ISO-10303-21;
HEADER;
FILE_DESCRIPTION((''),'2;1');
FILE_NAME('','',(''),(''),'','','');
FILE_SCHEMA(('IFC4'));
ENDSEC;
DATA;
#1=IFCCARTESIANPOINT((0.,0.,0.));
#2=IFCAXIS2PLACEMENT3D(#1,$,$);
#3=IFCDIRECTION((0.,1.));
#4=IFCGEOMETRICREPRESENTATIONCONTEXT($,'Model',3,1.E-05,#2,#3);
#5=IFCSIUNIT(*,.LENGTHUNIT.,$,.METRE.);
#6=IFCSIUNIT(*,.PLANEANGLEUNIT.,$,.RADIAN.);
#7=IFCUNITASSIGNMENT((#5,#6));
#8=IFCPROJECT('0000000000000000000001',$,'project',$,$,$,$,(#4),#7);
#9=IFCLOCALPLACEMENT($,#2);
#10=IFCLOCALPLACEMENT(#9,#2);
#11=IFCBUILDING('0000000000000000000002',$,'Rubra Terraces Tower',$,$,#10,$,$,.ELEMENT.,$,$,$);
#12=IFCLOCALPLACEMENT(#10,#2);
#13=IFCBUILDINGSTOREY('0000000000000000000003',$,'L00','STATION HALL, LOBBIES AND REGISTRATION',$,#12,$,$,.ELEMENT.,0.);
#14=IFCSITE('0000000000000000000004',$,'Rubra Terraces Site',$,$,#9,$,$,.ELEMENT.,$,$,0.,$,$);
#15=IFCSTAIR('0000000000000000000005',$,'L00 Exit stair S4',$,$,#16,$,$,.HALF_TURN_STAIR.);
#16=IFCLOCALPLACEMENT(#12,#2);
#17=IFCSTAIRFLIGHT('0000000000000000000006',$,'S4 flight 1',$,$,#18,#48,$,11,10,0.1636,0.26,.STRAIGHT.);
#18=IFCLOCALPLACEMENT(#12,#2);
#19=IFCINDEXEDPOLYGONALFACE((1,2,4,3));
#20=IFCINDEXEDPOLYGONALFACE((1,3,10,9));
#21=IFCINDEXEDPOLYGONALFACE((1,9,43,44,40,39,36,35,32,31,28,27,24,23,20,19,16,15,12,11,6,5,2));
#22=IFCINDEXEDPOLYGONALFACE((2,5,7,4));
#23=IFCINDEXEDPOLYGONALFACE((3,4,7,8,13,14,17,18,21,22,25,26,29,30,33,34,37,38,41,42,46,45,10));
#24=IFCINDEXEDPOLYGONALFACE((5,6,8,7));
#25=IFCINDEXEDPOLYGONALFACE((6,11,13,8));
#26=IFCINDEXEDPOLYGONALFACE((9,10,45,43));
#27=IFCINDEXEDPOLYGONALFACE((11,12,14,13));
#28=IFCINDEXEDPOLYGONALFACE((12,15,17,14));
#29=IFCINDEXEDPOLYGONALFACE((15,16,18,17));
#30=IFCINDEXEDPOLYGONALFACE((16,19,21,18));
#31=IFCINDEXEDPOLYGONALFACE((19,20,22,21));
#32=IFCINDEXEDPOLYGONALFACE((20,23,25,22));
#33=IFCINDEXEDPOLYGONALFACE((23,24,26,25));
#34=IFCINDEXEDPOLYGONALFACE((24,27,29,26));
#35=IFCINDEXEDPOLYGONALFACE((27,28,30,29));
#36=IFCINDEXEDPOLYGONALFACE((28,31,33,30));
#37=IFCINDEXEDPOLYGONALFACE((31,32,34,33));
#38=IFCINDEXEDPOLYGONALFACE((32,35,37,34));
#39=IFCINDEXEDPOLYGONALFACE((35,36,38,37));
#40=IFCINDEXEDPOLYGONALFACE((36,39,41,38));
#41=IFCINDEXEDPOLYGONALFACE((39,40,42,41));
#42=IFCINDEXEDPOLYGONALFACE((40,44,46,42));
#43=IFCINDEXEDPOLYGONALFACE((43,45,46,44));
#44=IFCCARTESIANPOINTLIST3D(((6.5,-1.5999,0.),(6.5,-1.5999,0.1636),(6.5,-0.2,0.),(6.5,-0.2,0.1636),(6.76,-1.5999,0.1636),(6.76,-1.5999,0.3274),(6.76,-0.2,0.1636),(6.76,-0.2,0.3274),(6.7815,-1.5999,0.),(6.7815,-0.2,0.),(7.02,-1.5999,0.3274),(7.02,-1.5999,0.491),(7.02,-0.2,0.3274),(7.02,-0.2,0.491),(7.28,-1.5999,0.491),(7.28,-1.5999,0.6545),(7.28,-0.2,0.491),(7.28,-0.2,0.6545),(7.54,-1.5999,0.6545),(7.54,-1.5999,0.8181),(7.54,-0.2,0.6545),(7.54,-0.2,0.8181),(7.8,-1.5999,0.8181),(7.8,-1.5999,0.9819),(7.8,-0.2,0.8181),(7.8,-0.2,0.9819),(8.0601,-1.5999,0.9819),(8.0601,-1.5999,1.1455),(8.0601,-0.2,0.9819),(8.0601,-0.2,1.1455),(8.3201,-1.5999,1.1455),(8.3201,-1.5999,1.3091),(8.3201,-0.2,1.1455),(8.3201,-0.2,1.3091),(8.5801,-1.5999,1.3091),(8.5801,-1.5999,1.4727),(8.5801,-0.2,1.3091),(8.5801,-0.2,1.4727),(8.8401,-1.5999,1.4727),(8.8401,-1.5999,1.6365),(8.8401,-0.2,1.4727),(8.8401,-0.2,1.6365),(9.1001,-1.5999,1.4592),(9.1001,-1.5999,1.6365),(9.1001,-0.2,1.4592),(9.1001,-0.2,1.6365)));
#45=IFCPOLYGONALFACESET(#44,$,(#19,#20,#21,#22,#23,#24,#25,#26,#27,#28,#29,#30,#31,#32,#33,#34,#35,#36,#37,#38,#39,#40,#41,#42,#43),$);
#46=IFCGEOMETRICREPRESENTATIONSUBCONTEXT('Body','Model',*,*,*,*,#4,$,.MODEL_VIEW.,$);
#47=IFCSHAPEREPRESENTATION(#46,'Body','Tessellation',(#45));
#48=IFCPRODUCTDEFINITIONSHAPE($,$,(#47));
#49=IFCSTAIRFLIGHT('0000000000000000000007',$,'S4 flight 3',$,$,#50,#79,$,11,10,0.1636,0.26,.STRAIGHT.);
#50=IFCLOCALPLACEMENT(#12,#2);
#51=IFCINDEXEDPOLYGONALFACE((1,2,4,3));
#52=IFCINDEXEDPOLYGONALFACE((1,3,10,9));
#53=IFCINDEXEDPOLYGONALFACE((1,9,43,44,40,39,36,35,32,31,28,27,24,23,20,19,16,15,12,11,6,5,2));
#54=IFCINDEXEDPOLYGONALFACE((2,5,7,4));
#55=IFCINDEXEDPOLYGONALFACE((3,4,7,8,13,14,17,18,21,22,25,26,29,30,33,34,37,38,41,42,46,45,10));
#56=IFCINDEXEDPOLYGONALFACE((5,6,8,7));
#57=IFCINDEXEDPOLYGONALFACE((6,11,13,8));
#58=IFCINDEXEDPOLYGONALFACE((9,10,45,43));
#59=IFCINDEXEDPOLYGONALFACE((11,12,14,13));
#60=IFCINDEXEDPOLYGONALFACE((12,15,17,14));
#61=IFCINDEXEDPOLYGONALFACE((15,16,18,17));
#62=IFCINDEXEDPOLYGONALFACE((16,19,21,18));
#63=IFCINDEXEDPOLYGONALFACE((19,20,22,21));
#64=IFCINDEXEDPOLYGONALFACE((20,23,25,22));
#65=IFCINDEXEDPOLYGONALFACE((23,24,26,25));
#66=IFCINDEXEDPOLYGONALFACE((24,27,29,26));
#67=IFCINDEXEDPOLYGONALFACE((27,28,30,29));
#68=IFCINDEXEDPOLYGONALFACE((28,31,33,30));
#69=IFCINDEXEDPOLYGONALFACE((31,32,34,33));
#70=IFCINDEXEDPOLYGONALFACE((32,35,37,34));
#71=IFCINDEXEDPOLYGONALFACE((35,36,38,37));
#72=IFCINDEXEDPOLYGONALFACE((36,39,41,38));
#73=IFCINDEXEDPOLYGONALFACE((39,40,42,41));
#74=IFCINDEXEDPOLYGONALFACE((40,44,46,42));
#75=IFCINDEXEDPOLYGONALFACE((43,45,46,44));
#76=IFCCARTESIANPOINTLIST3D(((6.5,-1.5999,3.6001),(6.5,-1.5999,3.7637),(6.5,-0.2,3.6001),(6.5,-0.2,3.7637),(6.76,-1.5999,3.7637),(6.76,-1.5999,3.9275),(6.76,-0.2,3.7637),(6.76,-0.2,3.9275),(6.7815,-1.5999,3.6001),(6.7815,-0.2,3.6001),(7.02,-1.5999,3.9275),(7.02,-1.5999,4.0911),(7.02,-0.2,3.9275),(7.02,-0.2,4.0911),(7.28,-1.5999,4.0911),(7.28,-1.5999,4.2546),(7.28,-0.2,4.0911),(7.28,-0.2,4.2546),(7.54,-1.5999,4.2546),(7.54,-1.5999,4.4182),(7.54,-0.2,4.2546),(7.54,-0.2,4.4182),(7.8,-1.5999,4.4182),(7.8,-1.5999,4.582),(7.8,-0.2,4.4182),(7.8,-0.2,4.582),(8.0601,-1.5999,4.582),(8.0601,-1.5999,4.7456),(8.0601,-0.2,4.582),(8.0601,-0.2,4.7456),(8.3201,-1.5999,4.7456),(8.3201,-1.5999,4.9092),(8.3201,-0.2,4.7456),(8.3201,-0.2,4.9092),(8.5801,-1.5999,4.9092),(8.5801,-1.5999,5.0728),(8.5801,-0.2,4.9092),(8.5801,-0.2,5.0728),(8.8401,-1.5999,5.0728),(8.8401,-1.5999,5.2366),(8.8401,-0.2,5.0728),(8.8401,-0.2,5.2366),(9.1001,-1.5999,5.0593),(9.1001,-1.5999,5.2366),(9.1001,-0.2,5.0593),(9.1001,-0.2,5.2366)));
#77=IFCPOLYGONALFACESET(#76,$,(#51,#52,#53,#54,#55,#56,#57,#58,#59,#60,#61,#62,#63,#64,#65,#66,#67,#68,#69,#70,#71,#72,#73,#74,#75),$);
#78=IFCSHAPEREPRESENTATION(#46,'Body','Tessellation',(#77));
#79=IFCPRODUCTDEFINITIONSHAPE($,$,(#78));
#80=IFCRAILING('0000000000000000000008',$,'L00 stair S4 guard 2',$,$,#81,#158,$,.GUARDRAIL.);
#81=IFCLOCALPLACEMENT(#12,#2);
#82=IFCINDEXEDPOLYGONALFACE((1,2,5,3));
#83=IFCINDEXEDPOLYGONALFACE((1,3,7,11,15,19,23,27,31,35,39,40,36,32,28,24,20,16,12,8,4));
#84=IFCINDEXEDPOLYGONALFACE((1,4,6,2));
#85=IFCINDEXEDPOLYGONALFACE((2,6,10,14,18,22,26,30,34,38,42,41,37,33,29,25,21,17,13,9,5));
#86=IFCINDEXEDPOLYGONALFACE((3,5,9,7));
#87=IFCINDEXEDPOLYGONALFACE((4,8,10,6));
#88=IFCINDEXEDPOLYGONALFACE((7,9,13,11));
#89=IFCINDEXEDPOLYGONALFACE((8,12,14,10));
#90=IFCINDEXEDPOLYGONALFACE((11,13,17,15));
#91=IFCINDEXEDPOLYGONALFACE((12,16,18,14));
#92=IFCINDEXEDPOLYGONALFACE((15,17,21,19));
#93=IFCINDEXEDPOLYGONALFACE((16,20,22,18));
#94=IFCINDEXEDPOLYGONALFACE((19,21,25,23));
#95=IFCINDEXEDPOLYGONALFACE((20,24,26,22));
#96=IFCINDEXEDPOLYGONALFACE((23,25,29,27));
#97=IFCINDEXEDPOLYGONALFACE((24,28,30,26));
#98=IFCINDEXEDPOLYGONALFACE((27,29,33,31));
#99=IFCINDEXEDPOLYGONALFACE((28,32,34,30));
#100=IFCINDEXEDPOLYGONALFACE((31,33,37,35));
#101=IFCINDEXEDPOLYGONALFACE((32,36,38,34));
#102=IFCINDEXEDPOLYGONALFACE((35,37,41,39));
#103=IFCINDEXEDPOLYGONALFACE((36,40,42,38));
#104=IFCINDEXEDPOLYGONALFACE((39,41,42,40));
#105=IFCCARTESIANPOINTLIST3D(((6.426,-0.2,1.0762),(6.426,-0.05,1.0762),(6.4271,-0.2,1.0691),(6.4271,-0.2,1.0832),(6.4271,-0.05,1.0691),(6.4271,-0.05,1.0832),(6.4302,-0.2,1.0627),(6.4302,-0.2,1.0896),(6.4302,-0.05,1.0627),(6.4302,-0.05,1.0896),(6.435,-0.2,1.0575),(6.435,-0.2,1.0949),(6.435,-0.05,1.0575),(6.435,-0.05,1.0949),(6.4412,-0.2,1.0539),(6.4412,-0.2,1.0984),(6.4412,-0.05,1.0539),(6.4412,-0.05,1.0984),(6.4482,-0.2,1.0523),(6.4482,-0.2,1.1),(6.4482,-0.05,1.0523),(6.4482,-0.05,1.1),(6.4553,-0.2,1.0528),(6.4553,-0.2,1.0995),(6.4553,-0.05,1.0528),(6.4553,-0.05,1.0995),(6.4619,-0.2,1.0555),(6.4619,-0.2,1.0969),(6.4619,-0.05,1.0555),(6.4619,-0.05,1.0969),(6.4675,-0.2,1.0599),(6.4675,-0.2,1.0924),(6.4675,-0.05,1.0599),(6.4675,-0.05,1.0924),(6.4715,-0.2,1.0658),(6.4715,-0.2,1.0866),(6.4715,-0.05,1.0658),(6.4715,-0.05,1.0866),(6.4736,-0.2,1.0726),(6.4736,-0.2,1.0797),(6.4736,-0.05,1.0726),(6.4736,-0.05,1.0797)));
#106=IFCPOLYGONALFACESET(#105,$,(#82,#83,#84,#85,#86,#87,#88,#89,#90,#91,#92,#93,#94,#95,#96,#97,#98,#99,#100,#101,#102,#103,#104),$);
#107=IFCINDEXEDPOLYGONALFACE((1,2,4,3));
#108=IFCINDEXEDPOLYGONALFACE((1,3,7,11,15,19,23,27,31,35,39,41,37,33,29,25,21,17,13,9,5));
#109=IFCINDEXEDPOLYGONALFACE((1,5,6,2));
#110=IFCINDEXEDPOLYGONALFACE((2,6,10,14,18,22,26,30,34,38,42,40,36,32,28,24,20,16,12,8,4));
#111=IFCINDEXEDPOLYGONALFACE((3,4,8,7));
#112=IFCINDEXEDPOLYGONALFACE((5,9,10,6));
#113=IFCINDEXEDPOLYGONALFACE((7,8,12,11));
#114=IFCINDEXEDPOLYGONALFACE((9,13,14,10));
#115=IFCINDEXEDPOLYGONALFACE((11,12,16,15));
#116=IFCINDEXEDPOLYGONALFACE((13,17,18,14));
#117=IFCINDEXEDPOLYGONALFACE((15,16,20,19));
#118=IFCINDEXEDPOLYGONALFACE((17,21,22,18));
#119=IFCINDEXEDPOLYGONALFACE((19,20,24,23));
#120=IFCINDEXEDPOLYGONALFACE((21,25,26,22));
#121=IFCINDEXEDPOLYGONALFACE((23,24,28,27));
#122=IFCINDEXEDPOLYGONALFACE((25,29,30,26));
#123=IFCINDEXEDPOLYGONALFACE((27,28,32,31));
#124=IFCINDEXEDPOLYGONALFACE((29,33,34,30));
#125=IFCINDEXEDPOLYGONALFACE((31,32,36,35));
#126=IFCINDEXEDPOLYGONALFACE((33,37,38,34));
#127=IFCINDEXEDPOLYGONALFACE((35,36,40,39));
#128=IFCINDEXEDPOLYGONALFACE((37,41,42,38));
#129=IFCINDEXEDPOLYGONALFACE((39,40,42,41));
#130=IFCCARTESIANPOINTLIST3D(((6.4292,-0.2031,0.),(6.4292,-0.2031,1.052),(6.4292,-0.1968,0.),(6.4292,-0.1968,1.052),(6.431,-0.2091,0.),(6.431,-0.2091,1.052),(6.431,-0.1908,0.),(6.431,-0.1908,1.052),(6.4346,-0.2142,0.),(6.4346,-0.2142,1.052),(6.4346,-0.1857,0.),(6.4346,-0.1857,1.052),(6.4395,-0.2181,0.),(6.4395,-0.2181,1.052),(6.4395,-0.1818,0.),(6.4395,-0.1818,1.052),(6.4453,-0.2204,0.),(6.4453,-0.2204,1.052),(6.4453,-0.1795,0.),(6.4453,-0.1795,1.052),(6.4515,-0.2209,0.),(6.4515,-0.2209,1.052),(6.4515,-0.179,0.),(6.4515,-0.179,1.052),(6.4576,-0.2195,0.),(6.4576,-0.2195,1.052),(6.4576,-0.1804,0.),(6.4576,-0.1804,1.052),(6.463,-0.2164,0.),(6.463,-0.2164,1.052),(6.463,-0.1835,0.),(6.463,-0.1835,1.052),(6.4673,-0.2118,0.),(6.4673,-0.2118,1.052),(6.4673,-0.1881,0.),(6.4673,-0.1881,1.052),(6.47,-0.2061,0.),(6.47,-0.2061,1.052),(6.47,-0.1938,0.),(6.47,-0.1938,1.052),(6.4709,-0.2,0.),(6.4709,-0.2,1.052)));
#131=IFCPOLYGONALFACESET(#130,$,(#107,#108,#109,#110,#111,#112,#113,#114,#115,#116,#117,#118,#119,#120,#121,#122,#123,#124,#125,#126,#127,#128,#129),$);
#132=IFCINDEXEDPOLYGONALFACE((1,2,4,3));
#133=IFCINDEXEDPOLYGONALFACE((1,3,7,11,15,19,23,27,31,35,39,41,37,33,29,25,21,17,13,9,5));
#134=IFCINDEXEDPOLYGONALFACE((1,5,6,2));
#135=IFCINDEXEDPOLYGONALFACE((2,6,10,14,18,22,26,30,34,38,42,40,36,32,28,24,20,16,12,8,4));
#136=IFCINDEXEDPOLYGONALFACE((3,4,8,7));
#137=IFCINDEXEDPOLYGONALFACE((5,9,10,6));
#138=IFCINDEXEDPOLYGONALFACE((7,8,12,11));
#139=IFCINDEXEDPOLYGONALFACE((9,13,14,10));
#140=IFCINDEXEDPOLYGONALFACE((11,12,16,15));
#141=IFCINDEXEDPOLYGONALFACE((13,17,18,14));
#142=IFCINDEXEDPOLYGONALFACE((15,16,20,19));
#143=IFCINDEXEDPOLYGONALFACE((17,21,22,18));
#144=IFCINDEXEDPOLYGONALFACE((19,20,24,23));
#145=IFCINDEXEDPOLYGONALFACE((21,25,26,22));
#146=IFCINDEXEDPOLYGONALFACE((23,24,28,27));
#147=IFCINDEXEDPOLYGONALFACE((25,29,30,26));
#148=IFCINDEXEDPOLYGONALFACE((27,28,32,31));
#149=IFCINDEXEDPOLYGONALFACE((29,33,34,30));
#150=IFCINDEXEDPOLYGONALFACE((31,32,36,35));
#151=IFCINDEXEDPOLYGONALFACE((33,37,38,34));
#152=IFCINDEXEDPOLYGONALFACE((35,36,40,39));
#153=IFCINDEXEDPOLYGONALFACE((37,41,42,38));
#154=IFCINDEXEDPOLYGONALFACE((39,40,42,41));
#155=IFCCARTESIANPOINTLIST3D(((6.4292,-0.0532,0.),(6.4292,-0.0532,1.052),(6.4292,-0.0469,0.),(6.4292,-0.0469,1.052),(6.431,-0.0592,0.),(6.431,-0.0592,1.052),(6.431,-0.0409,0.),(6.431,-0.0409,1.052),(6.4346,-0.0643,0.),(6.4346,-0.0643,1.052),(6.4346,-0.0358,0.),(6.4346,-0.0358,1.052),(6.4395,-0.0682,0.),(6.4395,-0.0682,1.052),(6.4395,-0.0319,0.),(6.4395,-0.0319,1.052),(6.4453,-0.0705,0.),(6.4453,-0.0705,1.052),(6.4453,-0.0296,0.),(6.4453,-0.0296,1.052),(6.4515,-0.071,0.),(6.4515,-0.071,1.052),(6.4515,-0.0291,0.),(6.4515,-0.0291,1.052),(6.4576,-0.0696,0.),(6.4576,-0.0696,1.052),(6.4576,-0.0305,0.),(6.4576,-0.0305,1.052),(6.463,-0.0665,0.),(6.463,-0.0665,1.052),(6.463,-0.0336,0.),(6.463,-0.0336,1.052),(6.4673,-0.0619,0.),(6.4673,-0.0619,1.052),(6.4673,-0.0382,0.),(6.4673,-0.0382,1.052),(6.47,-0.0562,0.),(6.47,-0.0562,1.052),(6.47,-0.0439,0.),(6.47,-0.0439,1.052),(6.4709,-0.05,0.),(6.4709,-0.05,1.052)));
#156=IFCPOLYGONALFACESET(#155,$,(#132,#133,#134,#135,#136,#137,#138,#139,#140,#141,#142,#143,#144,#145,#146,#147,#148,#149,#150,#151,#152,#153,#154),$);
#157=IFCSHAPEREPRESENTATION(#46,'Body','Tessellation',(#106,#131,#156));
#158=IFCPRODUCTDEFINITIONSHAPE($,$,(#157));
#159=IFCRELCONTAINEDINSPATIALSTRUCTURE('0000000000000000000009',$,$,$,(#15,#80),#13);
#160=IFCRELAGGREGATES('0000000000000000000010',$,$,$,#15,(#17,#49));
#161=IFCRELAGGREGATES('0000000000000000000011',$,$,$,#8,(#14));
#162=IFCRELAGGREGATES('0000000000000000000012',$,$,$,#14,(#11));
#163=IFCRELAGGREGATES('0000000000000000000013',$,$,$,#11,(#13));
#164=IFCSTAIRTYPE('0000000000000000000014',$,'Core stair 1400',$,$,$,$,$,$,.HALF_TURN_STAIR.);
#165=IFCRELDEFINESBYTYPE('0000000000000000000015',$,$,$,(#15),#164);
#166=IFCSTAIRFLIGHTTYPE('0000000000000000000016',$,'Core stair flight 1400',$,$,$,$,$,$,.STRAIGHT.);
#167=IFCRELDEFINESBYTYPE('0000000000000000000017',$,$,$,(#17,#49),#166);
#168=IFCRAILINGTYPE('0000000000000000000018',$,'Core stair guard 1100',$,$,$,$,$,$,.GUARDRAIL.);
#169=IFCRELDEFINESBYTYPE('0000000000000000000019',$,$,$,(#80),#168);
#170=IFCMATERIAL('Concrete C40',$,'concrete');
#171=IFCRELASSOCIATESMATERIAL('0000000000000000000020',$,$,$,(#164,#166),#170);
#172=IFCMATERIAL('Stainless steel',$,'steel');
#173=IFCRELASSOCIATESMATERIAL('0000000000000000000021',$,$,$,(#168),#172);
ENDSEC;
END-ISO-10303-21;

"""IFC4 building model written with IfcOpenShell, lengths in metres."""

from ifc_helpers import new_model, si_unit, direction, frame, origin, origin_2d, place, context, subcontext, project, spatial, polyline, circle, outline, extrude, material, type_object, element, aggregate, save


model = new_model("IFC4")

# Units and contexts
model_context = context("Model", 3, precision=1e-05, world=origin(), true_north=direction((0.0, 1.0)))
body_context = subcontext(model_context, "Body", "Model", "MODEL_VIEW")
ifc_project = project(units=[si_unit("LENGTHUNIT", "METRE"), si_unit("PLANEANGLEUNIT", "RADIAN")], contexts=[model_context])

# Site, building, storey
site_placement = place(None, origin())
site = spatial("IfcSite", under=ifc_project, at=site_placement, Name="Rubra Terraces Site", CompositionType="ELEMENT", RefElevation=0.0)
building_placement = place(site_placement, origin())
building = spatial("IfcBuilding", under=site, at=building_placement, Name="Rubra Terraces Tower", CompositionType="ELEMENT")
storey_placement = place(building_placement, origin())
storey = spatial("IfcBuildingStorey", under=building, at=storey_placement, Name="L00", Description="STATION HALL, LOBBIES AND REGISTRATION", CompositionType="ELEMENT", Elevation=0.0)

# Shared definitions
ifc_material_1 = material(Name="Concrete C40", Category="concrete")
stair_type = type_object("IfcStairType", Name="Core stair 1400", PredefinedType="HALF_TURN_STAIR", material=ifc_material_1)

# Stair, stair flights
stair_1_placement = place(storey_placement, origin())
stair_1 = element("IfcStair", 1, at=stair_1_placement, inside=storey, type_object=stair_type, Name="L00 Exit stair S4", PredefinedType="HALF_TURN_STAIR")
stair_flight_type = type_object("IfcStairFlightType", Name="Core stair flight 1400", PredefinedType="STRAIGHT", material=ifc_material_1)
stair_flight_1_placement = place(storey_placement, frame((6.5, -0.8999, 0.0), z_axis=(0.0, 0.0, 1.0), x_axis=(1.0, 0.0, 0.0)))
stair_flight_1 = element("IfcStairFlight", 2, at=stair_flight_1_placement, type_object=stair_flight_type, Name="S4 flight 1", NumberOfRisers=11, NumberOfTreads=10, PredefinedType="STRAIGHT", RiserHeight=0.1636, TreadLength=0.26, context=body_context, shape_type="SweptSolid", body=[
    extrude(outline(polyline([(0.0, 0.0), (0.0, 0.1636), (0.26, 0.1636), (0.26, 0.3274), (0.52, 0.3274), (0.52, 0.491), (0.78, 0.491), (0.78, 0.6545), (1.04, 0.6545), (1.04, 0.8181), (1.3, 0.8181), (1.3, 0.9819), (1.5601, 0.9819), (1.5601, 1.1455), (1.8201, 1.1455), (1.8201, 1.3091), (2.0801, 1.3091), (2.0801, 1.4727), (2.3401, 1.4727), (2.3401, 1.6365), (2.6001, 1.6365), (2.6001, 1.8), (2.6001, 1.4592), (0.2815, 0.0), (0.0, 0.0)])), frame((0.0, 0.7, 0.0), z_axis=(0.0, -1.0, 0.0), x_axis=(1.0, 0.0, 0.0)), (0.0, 0.0, 1.0), 1.3999),
])
stair_flight_2_placement = place(storey_placement, frame((6.5, -0.8999, 3.6001), z_axis=(0.0, 0.0, 1.0), x_axis=(1.0, 0.0, 0.0)))
stair_flight_2 = element("IfcStairFlight", 3, at=stair_flight_2_placement, type_object=stair_flight_type, Name="S4 flight 3", NumberOfRisers=11, NumberOfTreads=10, PredefinedType="STRAIGHT", RiserHeight=0.1636, TreadLength=0.26, context=body_context, shape_type="SweptSolid", body=[
    extrude(outline(polyline([(0.0, 0.0), (0.0, 0.1636), (0.26, 0.1636), (0.26, 0.3274), (0.52, 0.3274), (0.52, 0.491), (0.78, 0.491), (0.78, 0.6545), (1.04, 0.6545), (1.04, 0.8181), (1.3, 0.8181), (1.3, 0.9819), (1.5601, 0.9819), (1.5601, 1.1455), (1.8201, 1.1455), (1.8201, 1.3091), (2.0801, 1.3091), (2.0801, 1.4727), (2.3401, 1.4727), (2.3401, 1.6365), (2.6001, 1.6365), (2.6001, 1.8), (2.6001, 1.4592), (0.2815, 0.0), (0.0, 0.0)])), frame((0.0, 0.7, 0.0), z_axis=(0.0, -1.0, 0.0), x_axis=(1.0, 0.0, 0.0)), (0.0, 0.0, 1.0), 1.3999),
])
aggregate(stair_1, [stair_flight_1, stair_flight_2])

# Railing
ifc_material_2 = material(Name="Stainless steel", Category="steel")
railing_type_1 = type_object("IfcRailingType", Name="Core stair guard 1100", PredefinedType="GUARDRAIL", material=ifc_material_2)
railing_1_placement = place(storey_placement, frame((6.45, -0.2, 0.0)))
element("IfcRailing", 4, at=railing_1_placement, inside=storey, type_object=railing_type_1, Name="L00 stair S4 guard 2", PredefinedType="GUARDRAIL", context=body_context, shape_type="SweptSolid", body=[
    extrude(circle(Radius=0.0239, at=origin_2d()), frame((0.0, 0.0, 1.0762), z_axis=(0.0, 1.0, 0.0), x_axis=(-1.0, 0.0, 0.0)), (0.0, 0.0, 1.0), 0.1499),
    extrude(circle(Radius=0.021, at=origin_2d()), origin(), (0.0, 0.0, 1.0), 1.052),
    extrude(circle(Radius=0.021, at=origin_2d()), frame((0.0, 0.1499, 0.0)), (0.0, 0.0, 1.0), 1.052),
])

save(model, "model.ifc")
